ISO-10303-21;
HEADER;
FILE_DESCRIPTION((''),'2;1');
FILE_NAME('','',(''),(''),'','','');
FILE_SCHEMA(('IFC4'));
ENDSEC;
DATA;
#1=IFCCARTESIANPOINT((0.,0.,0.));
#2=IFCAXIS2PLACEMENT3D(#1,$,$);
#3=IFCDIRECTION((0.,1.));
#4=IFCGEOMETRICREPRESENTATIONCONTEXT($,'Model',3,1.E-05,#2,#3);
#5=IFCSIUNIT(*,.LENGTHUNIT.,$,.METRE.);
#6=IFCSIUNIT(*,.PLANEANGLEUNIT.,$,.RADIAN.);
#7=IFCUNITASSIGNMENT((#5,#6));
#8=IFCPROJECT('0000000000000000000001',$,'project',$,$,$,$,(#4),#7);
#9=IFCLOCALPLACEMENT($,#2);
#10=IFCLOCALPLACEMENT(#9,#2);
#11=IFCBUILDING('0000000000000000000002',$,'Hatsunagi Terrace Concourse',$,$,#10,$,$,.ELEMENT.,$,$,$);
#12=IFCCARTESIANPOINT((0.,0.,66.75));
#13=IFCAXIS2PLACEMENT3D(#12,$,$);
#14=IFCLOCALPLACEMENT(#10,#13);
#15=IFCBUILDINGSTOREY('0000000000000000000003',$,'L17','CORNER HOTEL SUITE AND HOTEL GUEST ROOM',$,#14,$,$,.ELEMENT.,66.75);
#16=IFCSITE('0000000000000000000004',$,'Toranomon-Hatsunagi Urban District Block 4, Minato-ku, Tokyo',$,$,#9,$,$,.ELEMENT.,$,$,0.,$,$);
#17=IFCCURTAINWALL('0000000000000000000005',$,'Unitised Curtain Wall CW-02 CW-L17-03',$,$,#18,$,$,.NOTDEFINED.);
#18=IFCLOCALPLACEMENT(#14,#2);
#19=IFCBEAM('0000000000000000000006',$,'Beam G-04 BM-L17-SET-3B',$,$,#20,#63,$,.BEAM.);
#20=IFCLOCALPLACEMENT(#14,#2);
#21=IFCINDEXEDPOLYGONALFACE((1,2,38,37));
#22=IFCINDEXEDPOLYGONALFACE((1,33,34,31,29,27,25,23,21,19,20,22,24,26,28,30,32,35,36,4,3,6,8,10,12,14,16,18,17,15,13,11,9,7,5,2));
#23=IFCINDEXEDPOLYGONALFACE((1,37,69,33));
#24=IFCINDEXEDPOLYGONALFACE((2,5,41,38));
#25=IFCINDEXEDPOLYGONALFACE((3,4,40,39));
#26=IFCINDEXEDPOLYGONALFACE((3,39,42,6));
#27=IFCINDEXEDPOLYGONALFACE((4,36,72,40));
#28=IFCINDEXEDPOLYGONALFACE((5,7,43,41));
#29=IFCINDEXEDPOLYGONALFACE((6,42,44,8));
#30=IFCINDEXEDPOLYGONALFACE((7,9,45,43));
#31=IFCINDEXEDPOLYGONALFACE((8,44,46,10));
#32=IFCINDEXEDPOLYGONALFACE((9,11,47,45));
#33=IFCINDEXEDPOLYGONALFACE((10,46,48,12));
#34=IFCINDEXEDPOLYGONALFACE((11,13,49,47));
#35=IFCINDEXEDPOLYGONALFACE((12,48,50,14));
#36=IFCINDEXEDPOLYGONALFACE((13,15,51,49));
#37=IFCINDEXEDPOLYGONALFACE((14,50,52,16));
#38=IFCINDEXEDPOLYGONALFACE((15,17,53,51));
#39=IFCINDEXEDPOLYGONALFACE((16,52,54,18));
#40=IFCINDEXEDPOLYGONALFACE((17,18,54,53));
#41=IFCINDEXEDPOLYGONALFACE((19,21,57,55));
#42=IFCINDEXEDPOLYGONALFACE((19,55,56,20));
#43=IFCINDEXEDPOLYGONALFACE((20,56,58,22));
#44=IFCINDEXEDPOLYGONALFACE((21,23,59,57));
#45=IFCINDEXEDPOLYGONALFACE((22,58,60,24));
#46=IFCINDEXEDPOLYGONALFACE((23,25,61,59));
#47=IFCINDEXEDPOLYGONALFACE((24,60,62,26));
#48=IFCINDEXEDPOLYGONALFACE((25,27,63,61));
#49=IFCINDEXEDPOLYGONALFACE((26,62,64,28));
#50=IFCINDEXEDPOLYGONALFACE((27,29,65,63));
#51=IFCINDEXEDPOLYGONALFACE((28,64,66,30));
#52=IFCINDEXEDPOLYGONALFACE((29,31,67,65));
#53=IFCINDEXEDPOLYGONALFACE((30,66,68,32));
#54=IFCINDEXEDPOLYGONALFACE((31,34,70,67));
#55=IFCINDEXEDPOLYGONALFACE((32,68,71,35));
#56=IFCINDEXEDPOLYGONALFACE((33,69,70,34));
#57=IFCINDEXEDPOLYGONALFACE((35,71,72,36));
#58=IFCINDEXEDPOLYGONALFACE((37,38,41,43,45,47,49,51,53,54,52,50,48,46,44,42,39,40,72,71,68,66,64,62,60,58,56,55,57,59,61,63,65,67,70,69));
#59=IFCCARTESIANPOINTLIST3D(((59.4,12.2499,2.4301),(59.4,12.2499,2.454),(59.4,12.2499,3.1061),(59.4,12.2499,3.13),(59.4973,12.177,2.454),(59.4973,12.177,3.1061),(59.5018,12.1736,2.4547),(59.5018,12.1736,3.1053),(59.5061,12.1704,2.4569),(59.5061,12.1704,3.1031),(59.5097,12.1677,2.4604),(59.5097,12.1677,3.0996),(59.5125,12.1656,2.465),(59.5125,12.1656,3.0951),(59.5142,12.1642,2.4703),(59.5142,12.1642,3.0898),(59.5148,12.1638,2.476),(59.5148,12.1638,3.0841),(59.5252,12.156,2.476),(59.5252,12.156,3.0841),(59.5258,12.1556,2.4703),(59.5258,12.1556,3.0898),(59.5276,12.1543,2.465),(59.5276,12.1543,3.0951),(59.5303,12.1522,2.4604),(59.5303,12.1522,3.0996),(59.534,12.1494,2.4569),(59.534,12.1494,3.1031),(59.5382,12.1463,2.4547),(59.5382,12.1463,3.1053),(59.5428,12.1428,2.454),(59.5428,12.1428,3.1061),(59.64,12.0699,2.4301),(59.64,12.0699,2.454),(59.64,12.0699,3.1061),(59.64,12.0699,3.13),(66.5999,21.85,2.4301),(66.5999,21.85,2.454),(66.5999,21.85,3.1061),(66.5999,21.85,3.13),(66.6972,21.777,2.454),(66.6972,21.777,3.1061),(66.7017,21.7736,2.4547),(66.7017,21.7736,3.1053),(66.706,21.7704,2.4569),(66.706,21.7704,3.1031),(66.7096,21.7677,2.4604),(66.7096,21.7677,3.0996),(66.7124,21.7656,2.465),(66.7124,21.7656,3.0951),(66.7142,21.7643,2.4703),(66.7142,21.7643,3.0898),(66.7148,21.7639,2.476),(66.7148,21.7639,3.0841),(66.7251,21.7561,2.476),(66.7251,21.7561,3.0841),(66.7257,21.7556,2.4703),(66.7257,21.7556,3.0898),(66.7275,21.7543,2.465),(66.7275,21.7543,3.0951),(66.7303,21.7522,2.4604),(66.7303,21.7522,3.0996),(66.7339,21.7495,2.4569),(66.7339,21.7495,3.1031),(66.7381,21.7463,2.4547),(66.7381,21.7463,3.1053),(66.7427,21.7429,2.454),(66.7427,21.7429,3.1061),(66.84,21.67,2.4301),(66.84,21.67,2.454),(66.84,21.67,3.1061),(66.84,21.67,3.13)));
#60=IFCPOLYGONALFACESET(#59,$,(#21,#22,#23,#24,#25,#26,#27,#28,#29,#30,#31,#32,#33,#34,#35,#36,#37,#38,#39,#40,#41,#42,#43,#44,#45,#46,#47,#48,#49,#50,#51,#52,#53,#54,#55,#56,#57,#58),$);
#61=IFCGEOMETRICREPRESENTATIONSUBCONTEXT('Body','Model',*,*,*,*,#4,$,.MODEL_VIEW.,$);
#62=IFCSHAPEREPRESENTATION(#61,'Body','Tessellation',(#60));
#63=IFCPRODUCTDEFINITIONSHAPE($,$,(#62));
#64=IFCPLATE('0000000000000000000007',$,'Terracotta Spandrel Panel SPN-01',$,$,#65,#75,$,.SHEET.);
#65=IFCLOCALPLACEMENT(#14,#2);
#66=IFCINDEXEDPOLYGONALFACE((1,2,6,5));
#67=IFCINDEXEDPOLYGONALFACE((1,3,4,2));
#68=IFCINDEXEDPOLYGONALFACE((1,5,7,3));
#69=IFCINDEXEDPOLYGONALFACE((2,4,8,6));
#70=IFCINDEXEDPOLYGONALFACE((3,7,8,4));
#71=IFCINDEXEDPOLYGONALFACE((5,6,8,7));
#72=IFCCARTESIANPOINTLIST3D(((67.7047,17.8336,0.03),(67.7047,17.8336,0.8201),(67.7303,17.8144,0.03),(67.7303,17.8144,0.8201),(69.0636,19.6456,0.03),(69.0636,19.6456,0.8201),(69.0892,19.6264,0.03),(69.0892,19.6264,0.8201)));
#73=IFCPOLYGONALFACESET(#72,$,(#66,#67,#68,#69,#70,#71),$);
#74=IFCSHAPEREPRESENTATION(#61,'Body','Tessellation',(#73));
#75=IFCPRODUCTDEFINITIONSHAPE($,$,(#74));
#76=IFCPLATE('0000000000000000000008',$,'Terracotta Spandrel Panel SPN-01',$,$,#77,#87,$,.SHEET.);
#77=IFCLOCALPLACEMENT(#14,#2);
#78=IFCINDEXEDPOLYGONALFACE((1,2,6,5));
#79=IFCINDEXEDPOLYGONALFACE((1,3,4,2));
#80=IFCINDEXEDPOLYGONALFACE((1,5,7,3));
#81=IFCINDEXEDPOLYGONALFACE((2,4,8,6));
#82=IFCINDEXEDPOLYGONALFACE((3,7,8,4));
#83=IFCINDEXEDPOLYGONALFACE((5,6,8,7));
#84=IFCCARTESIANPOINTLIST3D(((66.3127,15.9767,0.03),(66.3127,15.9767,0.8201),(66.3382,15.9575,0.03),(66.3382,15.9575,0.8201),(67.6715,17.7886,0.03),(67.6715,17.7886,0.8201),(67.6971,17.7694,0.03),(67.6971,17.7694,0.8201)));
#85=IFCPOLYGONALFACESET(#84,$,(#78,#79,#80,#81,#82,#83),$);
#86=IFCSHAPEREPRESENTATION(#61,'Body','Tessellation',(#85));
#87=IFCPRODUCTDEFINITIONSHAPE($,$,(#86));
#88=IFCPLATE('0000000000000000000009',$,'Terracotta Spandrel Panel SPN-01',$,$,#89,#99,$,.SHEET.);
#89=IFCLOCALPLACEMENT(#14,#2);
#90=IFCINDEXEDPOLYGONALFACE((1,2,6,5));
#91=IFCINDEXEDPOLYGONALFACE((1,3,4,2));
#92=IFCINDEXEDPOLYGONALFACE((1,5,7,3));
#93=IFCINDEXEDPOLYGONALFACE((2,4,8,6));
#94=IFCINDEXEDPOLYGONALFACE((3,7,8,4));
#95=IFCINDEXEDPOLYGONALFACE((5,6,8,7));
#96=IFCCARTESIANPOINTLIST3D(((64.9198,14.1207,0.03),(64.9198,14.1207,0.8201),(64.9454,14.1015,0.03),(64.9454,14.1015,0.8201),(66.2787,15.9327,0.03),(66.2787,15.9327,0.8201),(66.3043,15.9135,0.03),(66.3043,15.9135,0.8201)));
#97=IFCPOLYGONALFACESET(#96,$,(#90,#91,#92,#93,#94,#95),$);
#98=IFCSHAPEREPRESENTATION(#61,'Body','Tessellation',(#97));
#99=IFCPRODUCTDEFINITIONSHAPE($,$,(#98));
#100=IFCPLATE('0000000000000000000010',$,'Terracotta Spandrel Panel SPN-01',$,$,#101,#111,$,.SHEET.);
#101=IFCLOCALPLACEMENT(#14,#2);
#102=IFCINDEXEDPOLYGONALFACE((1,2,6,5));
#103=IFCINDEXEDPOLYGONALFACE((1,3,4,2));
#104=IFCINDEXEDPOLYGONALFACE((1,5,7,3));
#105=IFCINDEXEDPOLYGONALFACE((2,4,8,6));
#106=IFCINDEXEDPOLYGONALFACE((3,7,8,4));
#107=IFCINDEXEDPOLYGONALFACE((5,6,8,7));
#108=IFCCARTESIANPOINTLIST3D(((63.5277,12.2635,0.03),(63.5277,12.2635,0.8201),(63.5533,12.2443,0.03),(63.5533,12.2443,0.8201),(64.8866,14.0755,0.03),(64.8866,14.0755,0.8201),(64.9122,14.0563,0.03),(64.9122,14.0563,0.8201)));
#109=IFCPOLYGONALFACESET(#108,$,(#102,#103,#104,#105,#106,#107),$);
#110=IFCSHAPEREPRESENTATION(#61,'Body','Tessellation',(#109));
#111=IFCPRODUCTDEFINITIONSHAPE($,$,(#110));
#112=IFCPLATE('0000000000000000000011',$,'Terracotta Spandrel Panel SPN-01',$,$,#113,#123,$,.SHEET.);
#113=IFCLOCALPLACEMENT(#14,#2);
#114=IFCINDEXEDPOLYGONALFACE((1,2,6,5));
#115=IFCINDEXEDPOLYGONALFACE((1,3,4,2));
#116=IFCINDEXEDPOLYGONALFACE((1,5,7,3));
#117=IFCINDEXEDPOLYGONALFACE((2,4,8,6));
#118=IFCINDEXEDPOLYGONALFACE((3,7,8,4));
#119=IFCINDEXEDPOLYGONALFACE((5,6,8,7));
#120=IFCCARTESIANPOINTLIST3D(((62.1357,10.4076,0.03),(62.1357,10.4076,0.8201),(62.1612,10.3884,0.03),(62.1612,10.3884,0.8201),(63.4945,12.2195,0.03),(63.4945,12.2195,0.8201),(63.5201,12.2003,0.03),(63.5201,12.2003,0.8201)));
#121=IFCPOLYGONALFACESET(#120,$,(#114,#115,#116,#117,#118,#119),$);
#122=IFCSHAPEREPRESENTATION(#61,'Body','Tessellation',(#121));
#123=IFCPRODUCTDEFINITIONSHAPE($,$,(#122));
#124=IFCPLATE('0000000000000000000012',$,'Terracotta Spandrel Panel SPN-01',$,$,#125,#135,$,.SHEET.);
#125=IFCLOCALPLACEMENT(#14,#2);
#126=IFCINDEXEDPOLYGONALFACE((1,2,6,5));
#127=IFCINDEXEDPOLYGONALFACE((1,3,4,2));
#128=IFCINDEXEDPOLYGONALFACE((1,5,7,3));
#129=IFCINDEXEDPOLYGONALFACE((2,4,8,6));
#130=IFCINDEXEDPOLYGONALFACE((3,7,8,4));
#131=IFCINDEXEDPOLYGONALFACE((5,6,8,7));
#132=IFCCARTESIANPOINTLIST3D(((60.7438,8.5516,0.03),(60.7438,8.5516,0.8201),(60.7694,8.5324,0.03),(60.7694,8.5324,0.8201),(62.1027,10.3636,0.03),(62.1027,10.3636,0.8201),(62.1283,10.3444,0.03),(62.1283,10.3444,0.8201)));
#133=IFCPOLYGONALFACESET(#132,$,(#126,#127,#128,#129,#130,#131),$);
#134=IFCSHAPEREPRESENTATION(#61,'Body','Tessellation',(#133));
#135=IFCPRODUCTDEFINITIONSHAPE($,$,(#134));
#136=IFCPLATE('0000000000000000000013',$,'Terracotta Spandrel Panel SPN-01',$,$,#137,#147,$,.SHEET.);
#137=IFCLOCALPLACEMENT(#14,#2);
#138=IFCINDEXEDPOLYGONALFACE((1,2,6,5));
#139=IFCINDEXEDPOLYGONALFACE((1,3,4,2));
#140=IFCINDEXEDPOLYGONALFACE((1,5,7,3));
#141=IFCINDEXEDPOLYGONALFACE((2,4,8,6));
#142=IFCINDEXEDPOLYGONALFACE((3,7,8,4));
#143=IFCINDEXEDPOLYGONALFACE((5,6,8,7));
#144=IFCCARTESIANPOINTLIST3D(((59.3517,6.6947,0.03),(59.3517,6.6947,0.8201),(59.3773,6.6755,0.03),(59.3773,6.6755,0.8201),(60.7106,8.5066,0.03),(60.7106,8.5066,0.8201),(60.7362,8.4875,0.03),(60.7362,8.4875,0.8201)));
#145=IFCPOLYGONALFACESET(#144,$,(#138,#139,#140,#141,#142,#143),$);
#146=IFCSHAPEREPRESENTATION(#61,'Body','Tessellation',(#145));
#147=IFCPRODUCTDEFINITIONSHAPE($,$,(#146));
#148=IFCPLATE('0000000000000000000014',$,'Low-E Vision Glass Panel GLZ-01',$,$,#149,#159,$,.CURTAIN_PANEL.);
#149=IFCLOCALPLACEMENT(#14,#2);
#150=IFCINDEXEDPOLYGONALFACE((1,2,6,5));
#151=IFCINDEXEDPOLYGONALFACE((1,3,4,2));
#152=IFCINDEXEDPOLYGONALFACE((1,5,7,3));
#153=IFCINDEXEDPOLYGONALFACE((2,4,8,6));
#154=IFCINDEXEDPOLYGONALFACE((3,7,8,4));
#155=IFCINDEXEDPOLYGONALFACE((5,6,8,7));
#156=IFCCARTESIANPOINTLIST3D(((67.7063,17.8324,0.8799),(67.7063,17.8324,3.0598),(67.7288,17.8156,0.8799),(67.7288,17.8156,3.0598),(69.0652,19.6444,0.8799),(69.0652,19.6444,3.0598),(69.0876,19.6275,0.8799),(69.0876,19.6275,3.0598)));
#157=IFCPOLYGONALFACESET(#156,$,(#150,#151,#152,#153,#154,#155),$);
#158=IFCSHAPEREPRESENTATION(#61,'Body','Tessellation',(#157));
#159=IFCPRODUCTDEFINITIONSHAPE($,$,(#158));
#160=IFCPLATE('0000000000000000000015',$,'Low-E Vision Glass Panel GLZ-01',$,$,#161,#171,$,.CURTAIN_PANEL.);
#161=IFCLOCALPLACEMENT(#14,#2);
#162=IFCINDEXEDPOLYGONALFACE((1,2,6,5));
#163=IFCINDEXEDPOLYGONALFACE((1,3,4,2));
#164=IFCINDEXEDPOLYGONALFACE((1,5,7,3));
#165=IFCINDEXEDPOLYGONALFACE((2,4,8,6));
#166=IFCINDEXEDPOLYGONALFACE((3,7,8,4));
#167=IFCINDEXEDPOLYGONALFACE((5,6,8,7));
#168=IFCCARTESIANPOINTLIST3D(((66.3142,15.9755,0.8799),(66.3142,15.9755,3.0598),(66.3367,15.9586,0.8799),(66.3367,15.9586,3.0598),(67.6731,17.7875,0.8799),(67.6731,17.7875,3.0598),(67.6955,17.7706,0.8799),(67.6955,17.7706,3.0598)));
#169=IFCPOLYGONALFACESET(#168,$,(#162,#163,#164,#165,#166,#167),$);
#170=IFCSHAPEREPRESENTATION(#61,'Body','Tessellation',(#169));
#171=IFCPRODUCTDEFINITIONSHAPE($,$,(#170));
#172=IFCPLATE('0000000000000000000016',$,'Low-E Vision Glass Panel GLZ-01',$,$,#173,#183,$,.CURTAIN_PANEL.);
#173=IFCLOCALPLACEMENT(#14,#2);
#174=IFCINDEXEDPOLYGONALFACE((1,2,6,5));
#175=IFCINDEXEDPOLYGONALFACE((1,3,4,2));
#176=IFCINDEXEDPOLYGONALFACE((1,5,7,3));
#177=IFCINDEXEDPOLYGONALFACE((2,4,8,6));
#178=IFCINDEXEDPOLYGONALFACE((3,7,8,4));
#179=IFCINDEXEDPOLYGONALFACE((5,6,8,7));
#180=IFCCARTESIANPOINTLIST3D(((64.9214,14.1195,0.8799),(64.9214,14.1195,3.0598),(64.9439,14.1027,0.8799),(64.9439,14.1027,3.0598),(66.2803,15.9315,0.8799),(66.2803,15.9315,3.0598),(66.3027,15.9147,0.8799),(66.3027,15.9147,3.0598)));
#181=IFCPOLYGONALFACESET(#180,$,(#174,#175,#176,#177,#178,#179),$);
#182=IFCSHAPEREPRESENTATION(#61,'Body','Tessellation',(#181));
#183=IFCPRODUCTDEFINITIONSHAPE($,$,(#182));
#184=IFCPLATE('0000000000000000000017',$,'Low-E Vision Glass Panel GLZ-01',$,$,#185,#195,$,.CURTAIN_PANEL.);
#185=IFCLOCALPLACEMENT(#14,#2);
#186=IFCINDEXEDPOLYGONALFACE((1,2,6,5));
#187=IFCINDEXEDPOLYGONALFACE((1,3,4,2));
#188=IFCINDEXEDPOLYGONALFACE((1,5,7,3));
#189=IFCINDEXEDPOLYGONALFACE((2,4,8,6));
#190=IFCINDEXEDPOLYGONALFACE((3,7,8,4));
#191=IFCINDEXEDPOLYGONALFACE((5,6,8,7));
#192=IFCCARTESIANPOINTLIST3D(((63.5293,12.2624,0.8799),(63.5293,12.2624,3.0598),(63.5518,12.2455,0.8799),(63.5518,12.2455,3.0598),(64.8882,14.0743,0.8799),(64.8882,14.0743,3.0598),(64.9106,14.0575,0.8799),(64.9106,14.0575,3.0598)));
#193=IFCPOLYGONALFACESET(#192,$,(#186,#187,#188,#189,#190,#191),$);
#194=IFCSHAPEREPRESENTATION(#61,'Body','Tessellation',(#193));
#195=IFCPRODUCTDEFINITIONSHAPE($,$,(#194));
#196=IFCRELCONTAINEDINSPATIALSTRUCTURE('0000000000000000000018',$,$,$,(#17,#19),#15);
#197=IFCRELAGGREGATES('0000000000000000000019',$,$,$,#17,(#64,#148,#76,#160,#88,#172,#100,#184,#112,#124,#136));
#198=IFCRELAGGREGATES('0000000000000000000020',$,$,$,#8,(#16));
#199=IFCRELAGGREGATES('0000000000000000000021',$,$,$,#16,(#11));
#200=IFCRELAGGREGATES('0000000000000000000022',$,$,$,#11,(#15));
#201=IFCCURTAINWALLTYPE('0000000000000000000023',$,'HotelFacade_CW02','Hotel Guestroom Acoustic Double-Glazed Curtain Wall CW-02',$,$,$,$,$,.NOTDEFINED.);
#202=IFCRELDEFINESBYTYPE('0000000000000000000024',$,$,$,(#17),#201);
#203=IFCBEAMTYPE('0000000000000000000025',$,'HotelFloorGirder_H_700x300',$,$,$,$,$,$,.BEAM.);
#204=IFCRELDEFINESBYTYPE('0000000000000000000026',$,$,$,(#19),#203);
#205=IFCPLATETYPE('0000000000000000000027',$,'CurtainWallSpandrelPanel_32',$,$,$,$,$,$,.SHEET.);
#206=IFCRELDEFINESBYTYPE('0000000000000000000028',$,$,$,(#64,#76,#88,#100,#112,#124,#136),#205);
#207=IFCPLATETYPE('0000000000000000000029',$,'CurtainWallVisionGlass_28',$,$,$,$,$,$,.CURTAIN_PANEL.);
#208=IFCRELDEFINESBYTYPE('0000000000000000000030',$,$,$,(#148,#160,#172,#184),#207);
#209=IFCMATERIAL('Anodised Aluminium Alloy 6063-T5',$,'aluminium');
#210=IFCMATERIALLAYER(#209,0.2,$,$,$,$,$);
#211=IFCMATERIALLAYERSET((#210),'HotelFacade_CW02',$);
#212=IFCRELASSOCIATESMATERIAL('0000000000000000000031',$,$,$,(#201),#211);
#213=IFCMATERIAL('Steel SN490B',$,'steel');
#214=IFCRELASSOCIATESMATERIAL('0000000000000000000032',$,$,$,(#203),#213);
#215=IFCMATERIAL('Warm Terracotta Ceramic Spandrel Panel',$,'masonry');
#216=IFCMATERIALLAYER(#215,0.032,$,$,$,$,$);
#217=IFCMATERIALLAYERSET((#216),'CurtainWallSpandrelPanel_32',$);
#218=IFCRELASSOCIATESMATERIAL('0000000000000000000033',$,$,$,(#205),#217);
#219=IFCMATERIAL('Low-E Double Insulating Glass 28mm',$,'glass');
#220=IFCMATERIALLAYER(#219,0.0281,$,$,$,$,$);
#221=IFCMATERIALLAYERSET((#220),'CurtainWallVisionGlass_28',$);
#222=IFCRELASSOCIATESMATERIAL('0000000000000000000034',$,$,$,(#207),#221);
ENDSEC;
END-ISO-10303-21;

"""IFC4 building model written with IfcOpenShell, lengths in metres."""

from ifc_helpers import new_model, si_unit, direction, frame, origin, origin_2d, place, context, subcontext, project, spatial, rectangle, i_section, extrude, material, layer, layer_set, material_profile, profile_set, type_object, element, aggregate, save


model = new_model("IFC4")

# Units and contexts
model_context = context("Model", 3, precision=1e-05, world=origin(), true_north=direction((0.0, 1.0)))
body_context = subcontext(model_context, "Body", "Model", "MODEL_VIEW")
ifc_project = project(units=[si_unit("LENGTHUNIT", "METRE"), si_unit("PLANEANGLEUNIT", "RADIAN")], contexts=[model_context])

# Site, building, storey
site_placement = place(None, origin())
site = spatial("IfcSite", under=ifc_project, at=site_placement, Name="Toranomon-Hatsunagi Urban District Block 4, Minato-ku, Tokyo", CompositionType="ELEMENT", RefElevation=0.0)
building_placement = place(site_placement, origin())
building = spatial("IfcBuilding", under=site, at=building_placement, Name="Hatsunagi Terrace Concourse", CompositionType="ELEMENT")
storey_placement = place(building_placement, frame((0.0, 0.0, 66.75)))
storey = spatial("IfcBuildingStorey", under=building, at=storey_placement, Name="L17", Description="CORNER HOTEL SUITE AND HOTEL GUEST ROOM", CompositionType="ELEMENT", Elevation=66.75)

# Curtain wall
ifc_material_1 = material(Name="Anodised Aluminium Alloy 6063-T5", Category="aluminium")
ifc_layer_1 = layer(ifc_material_1, 0.2)
ifc_layer_set_1 = layer_set([ifc_layer_1], Name="HotelFacade_CW02")
curtain_wall_type = type_object("IfcCurtainWallType", Name="HotelFacade_CW02", Description="Hotel Guestroom Acoustic Double-Glazed Curtain Wall CW-02", PredefinedType="NOTDEFINED", material=ifc_layer_set_1)
curtain_wall_placement = place(storey_placement, origin())
curtain_wall = element("IfcCurtainWall", 1, at=curtain_wall_placement, inside=storey, type_object=curtain_wall_type, Name="Unitised Curtain Wall CW-02 CW-L17-03", PredefinedType="NOTDEFINED")

# Beam
ifc_material_2 = material(Name="Steel SN490B", Category="steel")
ifc_material_profile_1 = material_profile(ifc_material_2, i_section(OverallWidth=0.3, OverallDepth=0.7, WebThickness=0.0129, FlangeThickness=0.0239, FilletRadius=0.022, at=origin_2d()), Name="H-700x300x13x24")
ifc_profile_set_1 = profile_set([ifc_material_profile_1], Name="Steel SN490B")
beam_type = type_object("IfcBeamType", Name="HotelFloorGirder_H_700x300", PredefinedType="BEAM", material=ifc_profile_set_1)
beam_placement = place(storey_placement, frame((59.52, 12.1599, 2.78), z_axis=(0.599993, 0.800005, 0.0), x_axis=(-0.800005, 0.599993, 0.0)))
element("IfcBeam", 2, at=beam_placement, inside=storey, type_object=beam_type, Name="Beam G-04 BM-L17-SET-3B", PredefinedType="BEAM", context=body_context, shape_type="SweptSolid", body=[
    extrude(i_section(OverallWidth=0.3, OverallDepth=0.7, WebThickness=0.0129, FlangeThickness=0.0239, FilletRadius=0.022, at=origin_2d()), origin(), (0.0, 0.0, 1.0), 12.0),
])

# Plates
ifc_material_3 = material(Name="Warm Terracotta Ceramic Spandrel Panel", Category="masonry")
ifc_layer_2 = layer(ifc_material_3, 0.032)
ifc_layer_set_2 = layer_set([ifc_layer_2], Name="CurtainWallSpandrelPanel_32")
plate_type_1 = type_object("IfcPlateType", Name="CurtainWallSpandrelPanel_32", PredefinedType="SHEET", material=ifc_layer_set_2)
plate_1_placement = place(storey_placement, frame((68.397, 18.73, 0.03), z_axis=(0.0, 0.0, 1.0), x_axis=(-0.599969, -0.800023, 0.0)))
plate_1 = element("IfcPlate", 3, at=plate_1_placement, type_object=plate_type_1, Name="Terracotta Spandrel Panel SPN-01", PredefinedType="SHEET", context=body_context, shape_type="SweptSolid", body=[
    extrude(rectangle(XDim=2.2649, YDim=0.032, at=origin_2d()), origin(), (0.0, 0.0, 1.0), 0.79),
])
plate_2_placement = place(storey_placement, frame((67.0049, 16.873, 0.03), z_axis=(0.0, 0.0, 1.0), x_axis=(-0.599969, -0.800023, 0.0)))
plate_2 = element("IfcPlate", 4, at=plate_2_placement, type_object=plate_type_1, Name="Terracotta Spandrel Panel SPN-01", PredefinedType="SHEET", context=body_context, shape_type="SweptSolid", body=[
    extrude(rectangle(XDim=2.2649, YDim=0.032, at=origin_2d()), origin(), (0.0, 0.0, 1.0), 0.79),
])
plate_3_placement = place(storey_placement, frame((65.6121, 15.0171, 0.03), z_axis=(0.0, 0.0, 1.0), x_axis=(-0.599969, -0.800023, 0.0)))
plate_3 = element("IfcPlate", 5, at=plate_3_placement, type_object=plate_type_1, Name="Terracotta Spandrel Panel SPN-01", PredefinedType="SHEET", context=body_context, shape_type="SweptSolid", body=[
    extrude(rectangle(XDim=2.2649, YDim=0.032, at=origin_2d()), origin(), (0.0, 0.0, 1.0), 0.79),
])
plate_4_placement = place(storey_placement, frame((64.22, 13.1599, 0.03), z_axis=(0.0, 0.0, 1.0), x_axis=(-0.599969, -0.800023, 0.0)))
plate_4 = element("IfcPlate", 6, at=plate_4_placement, type_object=plate_type_1, Name="Terracotta Spandrel Panel SPN-01", PredefinedType="SHEET", context=body_context, shape_type="SweptSolid", body=[
    extrude(rectangle(XDim=2.2649, YDim=0.032, at=origin_2d()), origin(), (0.0, 0.0, 1.0), 0.79),
])
plate_5_placement = place(storey_placement, frame((62.8279, 11.304, 0.03), z_axis=(0.0, 0.0, 1.0), x_axis=(-0.599969, -0.800023, 0.0)))
plate_5 = element("IfcPlate", 7, at=plate_5_placement, type_object=plate_type_1, Name="Terracotta Spandrel Panel SPN-01", PredefinedType="SHEET", context=body_context, shape_type="SweptSolid", body=[
    extrude(rectangle(XDim=2.2649, YDim=0.032, at=origin_2d()), origin(), (0.0, 0.0, 1.0), 0.79),
])
plate_6_placement = place(storey_placement, frame((61.436, 9.448, 0.03), z_axis=(0.0, 0.0, 1.0), x_axis=(-0.599969, -0.800023, 0.0)))
plate_6 = element("IfcPlate", 8, at=plate_6_placement, type_object=plate_type_1, Name="Terracotta Spandrel Panel SPN-01", PredefinedType="SHEET", context=body_context, shape_type="SweptSolid", body=[
    extrude(rectangle(XDim=2.2649, YDim=0.032, at=origin_2d()), origin(), (0.0, 0.0, 1.0), 0.79),
])
plate_7_placement = place(storey_placement, frame((60.0439, 7.5911, 0.03), z_axis=(0.0, 0.0, 1.0), x_axis=(-0.599969, -0.800023, 0.0)))
plate_7 = element("IfcPlate", 9, at=plate_7_placement, type_object=plate_type_1, Name="Terracotta Spandrel Panel SPN-01", PredefinedType="SHEET", context=body_context, shape_type="SweptSolid", body=[
    extrude(rectangle(XDim=2.2649, YDim=0.032, at=origin_2d()), origin(), (0.0, 0.0, 1.0), 0.79),
])
ifc_material_4 = material(Name="Low-E Double Insulating Glass 28mm", Category="glass")
ifc_layer_3 = layer(ifc_material_4, 0.0281)
ifc_layer_set_3 = layer_set([ifc_layer_3], Name="CurtainWallVisionGlass_28")
plate_type_2 = type_object("IfcPlateType", Name="CurtainWallVisionGlass_28", PredefinedType="CURTAIN_PANEL", material=ifc_layer_set_3)
plate_8_placement = place(storey_placement, frame((68.397, 18.73, 0.8799), z_axis=(0.0, 0.0, 1.0), x_axis=(-0.599969, -0.800023, 0.0)))
plate_8 = element("IfcPlate", 10, at=plate_8_placement, type_object=plate_type_2, Name="Low-E Vision Glass Panel GLZ-01", PredefinedType="CURTAIN_PANEL", context=body_context, shape_type="SweptSolid", body=[
    extrude(rectangle(XDim=2.2649, YDim=0.0281, at=origin_2d()), origin(), (0.0, 0.0, 1.0), 2.1799),
])
plate_9_placement = place(storey_placement, frame((67.0049, 16.873, 0.8799), z_axis=(0.0, 0.0, 1.0), x_axis=(-0.599969, -0.800023, 0.0)))
plate_9 = element("IfcPlate", 11, at=plate_9_placement, type_object=plate_type_2, Name="Low-E Vision Glass Panel GLZ-01", PredefinedType="CURTAIN_PANEL", context=body_context, shape_type="SweptSolid", body=[
    extrude(rectangle(XDim=2.2649, YDim=0.0281, at=origin_2d()), origin(), (0.0, 0.0, 1.0), 2.1799),
])
plate_10_placement = place(storey_placement, frame((65.6121, 15.0171, 0.8799), z_axis=(0.0, 0.0, 1.0), x_axis=(-0.599969, -0.800023, 0.0)))
plate_10 = element("IfcPlate", 12, at=plate_10_placement, type_object=plate_type_2, Name="Low-E Vision Glass Panel GLZ-01", PredefinedType="CURTAIN_PANEL", context=body_context, shape_type="SweptSolid", body=[
    extrude(rectangle(XDim=2.2649, YDim=0.0281, at=origin_2d()), origin(), (0.0, 0.0, 1.0), 2.1799),
])
plate_11_placement = place(storey_placement, frame((64.22, 13.1599, 0.8799), z_axis=(0.0, 0.0, 1.0), x_axis=(-0.599969, -0.800023, 0.0)))
plate_11 = element("IfcPlate", 13, at=plate_11_placement, type_object=plate_type_2, Name="Low-E Vision Glass Panel GLZ-01", PredefinedType="CURTAIN_PANEL", context=body_context, shape_type="SweptSolid", body=[
    extrude(rectangle(XDim=2.2649, YDim=0.0281, at=origin_2d()), origin(), (0.0, 0.0, 1.0), 2.1799),
])
aggregate(curtain_wall, [plate_1, plate_8, plate_2, plate_9, plate_3, plate_10, plate_4, plate_11, plate_5, plate_6, plate_7])

save(model, "model.ifc")
